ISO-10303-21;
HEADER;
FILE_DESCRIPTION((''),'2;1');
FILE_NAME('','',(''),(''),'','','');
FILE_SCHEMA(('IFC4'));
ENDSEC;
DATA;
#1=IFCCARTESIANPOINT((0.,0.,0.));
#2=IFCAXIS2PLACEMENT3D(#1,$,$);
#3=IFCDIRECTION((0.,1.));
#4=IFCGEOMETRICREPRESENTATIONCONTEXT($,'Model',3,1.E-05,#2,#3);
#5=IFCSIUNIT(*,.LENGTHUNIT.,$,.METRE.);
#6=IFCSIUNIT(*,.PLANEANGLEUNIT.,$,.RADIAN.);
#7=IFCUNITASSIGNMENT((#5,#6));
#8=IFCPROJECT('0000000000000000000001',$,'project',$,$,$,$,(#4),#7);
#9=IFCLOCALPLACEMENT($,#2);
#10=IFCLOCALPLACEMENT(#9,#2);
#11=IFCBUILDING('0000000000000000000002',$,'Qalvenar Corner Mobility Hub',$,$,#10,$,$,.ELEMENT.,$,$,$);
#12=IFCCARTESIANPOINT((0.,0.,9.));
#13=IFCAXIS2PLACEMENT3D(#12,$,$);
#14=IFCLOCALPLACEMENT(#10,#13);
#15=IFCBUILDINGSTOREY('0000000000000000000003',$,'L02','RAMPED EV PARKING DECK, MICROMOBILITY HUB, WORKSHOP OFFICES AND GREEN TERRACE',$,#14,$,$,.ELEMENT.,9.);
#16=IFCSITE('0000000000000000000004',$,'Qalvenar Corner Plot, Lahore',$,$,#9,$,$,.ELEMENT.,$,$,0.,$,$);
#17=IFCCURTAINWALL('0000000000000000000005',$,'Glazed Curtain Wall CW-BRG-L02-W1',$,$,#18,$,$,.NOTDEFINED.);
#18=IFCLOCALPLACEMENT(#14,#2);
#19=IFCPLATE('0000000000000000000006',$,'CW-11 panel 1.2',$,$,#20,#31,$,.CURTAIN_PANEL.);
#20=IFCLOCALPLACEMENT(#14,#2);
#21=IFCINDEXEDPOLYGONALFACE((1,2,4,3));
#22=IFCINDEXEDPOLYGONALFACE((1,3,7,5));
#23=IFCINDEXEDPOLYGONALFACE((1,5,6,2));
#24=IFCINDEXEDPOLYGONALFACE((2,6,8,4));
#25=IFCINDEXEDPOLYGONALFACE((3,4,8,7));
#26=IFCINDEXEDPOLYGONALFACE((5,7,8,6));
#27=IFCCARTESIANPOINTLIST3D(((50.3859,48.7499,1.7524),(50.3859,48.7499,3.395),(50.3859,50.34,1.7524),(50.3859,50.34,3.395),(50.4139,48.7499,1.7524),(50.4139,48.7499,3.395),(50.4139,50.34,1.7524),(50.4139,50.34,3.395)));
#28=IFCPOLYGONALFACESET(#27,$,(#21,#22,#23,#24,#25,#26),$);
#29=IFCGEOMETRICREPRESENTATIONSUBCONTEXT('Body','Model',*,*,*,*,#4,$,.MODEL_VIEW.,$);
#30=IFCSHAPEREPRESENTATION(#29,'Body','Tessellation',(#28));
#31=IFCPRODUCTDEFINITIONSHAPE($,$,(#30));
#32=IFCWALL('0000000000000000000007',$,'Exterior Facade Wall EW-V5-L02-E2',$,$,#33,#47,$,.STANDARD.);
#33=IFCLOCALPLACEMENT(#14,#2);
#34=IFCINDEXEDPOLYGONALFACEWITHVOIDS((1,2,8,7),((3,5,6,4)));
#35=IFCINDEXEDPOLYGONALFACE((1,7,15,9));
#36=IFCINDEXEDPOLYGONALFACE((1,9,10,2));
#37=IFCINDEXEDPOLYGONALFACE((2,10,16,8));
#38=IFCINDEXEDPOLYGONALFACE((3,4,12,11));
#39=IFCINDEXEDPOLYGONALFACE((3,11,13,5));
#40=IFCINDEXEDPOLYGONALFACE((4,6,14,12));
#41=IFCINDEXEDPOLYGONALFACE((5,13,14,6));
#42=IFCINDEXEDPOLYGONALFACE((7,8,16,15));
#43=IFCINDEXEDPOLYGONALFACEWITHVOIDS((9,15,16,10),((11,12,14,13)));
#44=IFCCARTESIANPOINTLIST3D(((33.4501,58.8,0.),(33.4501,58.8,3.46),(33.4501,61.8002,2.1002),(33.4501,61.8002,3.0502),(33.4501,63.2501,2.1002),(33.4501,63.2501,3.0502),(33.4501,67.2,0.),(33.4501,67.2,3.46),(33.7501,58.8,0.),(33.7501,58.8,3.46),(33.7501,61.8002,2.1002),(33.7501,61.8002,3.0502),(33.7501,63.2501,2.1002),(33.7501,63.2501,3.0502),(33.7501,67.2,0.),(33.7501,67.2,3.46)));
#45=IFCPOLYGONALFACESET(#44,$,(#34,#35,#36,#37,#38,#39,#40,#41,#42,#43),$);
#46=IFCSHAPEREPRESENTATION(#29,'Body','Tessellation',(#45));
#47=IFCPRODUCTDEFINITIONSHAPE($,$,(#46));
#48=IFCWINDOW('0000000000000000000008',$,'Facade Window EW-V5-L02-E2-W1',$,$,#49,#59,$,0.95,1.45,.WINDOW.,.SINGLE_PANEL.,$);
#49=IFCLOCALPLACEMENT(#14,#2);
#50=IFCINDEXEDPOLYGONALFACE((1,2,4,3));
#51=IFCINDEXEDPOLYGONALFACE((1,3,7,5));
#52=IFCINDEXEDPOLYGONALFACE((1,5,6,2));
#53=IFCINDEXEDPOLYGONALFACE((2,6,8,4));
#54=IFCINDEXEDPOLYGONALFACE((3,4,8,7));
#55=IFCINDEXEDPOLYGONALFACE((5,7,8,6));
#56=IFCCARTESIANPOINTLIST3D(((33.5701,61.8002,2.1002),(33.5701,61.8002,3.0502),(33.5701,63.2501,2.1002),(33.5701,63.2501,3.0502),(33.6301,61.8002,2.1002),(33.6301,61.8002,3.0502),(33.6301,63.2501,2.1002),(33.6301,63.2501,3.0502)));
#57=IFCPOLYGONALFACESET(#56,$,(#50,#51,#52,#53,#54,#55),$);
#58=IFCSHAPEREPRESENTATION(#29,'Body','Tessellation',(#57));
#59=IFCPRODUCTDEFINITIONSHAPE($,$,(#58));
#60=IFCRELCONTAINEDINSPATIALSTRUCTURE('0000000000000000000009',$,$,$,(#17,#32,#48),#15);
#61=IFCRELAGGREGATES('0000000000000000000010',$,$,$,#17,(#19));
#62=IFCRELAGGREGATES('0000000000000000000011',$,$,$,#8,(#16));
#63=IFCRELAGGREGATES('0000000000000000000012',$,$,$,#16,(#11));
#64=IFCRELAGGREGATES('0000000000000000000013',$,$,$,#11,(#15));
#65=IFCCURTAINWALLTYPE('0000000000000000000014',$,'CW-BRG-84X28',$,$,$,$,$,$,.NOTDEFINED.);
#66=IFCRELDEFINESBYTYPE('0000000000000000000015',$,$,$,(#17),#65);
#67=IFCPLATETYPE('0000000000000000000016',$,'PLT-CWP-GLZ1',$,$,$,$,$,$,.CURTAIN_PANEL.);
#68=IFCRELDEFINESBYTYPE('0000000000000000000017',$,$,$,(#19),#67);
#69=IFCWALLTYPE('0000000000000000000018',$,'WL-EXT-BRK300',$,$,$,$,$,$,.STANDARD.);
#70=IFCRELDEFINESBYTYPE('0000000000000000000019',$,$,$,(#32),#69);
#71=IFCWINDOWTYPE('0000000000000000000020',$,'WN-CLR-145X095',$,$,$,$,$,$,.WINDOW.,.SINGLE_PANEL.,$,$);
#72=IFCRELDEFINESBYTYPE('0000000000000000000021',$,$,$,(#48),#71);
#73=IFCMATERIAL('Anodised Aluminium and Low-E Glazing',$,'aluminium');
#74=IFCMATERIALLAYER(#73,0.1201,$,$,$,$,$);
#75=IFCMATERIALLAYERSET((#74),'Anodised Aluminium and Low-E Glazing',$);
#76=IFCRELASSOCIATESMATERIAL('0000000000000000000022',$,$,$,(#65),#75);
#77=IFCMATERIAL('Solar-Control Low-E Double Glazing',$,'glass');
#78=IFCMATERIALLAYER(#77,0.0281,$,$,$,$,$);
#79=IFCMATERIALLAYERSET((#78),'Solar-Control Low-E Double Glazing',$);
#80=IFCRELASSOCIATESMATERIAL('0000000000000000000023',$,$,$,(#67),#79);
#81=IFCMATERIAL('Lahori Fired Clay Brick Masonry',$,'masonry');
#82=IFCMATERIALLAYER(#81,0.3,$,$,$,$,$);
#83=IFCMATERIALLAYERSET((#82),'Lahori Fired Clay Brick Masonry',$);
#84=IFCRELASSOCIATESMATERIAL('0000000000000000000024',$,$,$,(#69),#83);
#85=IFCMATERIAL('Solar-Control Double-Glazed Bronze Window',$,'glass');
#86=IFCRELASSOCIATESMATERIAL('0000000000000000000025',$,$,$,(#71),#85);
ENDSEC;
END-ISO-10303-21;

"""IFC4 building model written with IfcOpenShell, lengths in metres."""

from ifc_helpers import new_model, si_unit, direction, frame, frame_2d, origin, origin_2d, place, context, subcontext, project, spatial, rectangle, extrude, material, layer, layer_set, type_object, element, fill, aggregate, save


model = new_model("IFC4")

# Units and contexts
model_context = context("Model", 3, precision=1e-05, world=origin(), true_north=direction((0.0, 1.0)))
body_context = subcontext(model_context, "Body", "Model", "MODEL_VIEW")
ifc_project = project(units=[si_unit("LENGTHUNIT", "METRE"), si_unit("PLANEANGLEUNIT", "RADIAN")], contexts=[model_context])

# Site, building, storey
site_placement = place(None, origin())
site = spatial("IfcSite", under=ifc_project, at=site_placement, Name="Qalvenar Corner Plot, Lahore", CompositionType="ELEMENT", RefElevation=0.0)
building_placement = place(site_placement, origin())
building = spatial("IfcBuilding", under=site, at=building_placement, Name="Qalvenar Corner Mobility Hub", CompositionType="ELEMENT")
storey_placement = place(building_placement, frame((0.0, 0.0, 9.0)))
storey = spatial("IfcBuildingStorey", under=building, at=storey_placement, Name="L02", Description="RAMPED EV PARKING DECK, MICROMOBILITY HUB, WORKSHOP OFFICES AND GREEN TERRACE", CompositionType="ELEMENT", Elevation=9.0)

# Shared definitions
ifc_material_1 = material(Name="Anodised Aluminium and Low-E Glazing", Category="aluminium")

# Curtain wall
ifc_layer_1 = layer(ifc_material_1, 0.1201)
ifc_layer_set_1 = layer_set([ifc_layer_1], Name="Anodised Aluminium and Low-E Glazing")
curtain_wall_type_1 = type_object("IfcCurtainWallType", Name="CW-BRG-84X28", PredefinedType="NOTDEFINED", material=ifc_layer_set_1)
curtain_wall_1_placement = place(storey_placement, origin())
curtain_wall_1 = element("IfcCurtainWall", 1, at=curtain_wall_1_placement, inside=storey, type_object=curtain_wall_type_1, Name="Glazed Curtain Wall CW-BRG-L02-W1", PredefinedType="NOTDEFINED")

# Plate
ifc_material_2 = material(Name="Solar-Control Low-E Double Glazing", Category="glass")
ifc_layer_2 = layer(ifc_material_2, 0.0281)
ifc_layer_set_2 = layer_set([ifc_layer_2], Name="Solar-Control Low-E Double Glazing")
plate_type = type_object("IfcPlateType", Name="PLT-CWP-GLZ1", PredefinedType="CURTAIN_PANEL", material=ifc_layer_set_2)
plate_1_placement = place(storey_placement, frame((50.3999, 49.5449, 1.7524), z_axis=(0.0, 0.0, 1.0), x_axis=(0.0, -1.0, 0.0)))
plate_1 = element("IfcPlate", 2, at=plate_1_placement, type_object=plate_type, Name="CW-11 panel 1.2", PredefinedType="CURTAIN_PANEL", context=body_context, shape_type="SweptSolid", body=[
    extrude(rectangle(XDim=1.5901, YDim=0.0281, at=origin_2d()), origin(), (0.0, 0.0, 1.0), 1.6426),
])
aggregate(curtain_wall_1, [plate_1])

# Wall, opening, window
ifc_material_3 = material(Name="Lahori Fired Clay Brick Masonry", Category="masonry")
ifc_layer_3 = layer(ifc_material_3, 0.3)
ifc_layer_set_3 = layer_set([ifc_layer_3], Name="Lahori Fired Clay Brick Masonry")
wall_type = type_object("IfcWallType", Name="WL-EXT-BRK300", PredefinedType="STANDARD", material=ifc_layer_set_3)
wall_placement = place(storey_placement, frame((33.6001, 58.8, 0.0), z_axis=(0.0, 0.0, 1.0), x_axis=(0.0, 1.0, 0.0)))
wall = element("IfcWall", 3, at=wall_placement, inside=storey, type_object=wall_type, Name="Exterior Facade Wall EW-V5-L02-E2", PredefinedType="STANDARD", context=body_context, shape_type="SweptSolid", body=[
    extrude(rectangle(XDim=8.3999, YDim=0.3, at=frame_2d((4.2, 0.0))), origin(), (0.0, 0.0, 1.0), 3.46),
])
opening_placement = place(wall_placement, frame((3.0, 0.0, 2.1001)))
opening = element("IfcOpeningElement", 4, at=opening_placement, cuts=wall, PredefinedType="OPENING", context=body_context, shape_type="SweptSolid", body=[
    extrude(rectangle(XDim=1.45, YDim=0.95, at=frame_2d((0.7251, 0.4751))), frame((0.0, 0.1602, 0.0), z_axis=(0.0, -1.0, 0.0), x_axis=(1.0, 0.0, 0.0)), (0.0, 0.0, 1.0), 0.3201),
])
ifc_material_4 = material(Name="Solar-Control Double-Glazed Bronze Window", Category="glass")
window_type = type_object("IfcWindowType", Name="WN-CLR-145X095", PartitioningType="SINGLE_PANEL", PredefinedType="WINDOW", material=ifc_material_4)
window_placement = place(opening_placement, origin())
window = element("IfcWindow", 5, at=window_placement, inside=storey, type_object=window_type, Name="Facade Window EW-V5-L02-E2-W1", OverallHeight=0.95, OverallWidth=1.45, PartitioningType="SINGLE_PANEL", PredefinedType="WINDOW", context=body_context, shape_type="SweptSolid", body=[
    extrude(rectangle(XDim=1.45, YDim=0.95, at=frame_2d((0.7251, 0.4751))), frame((0.0, 0.03, 0.0), z_axis=(0.0, -1.0, 0.0), x_axis=(1.0, 0.0, 0.0)), (0.0, 0.0, 1.0), 0.0601),
])
fill(opening, window)

save(model, "model.ifc")
